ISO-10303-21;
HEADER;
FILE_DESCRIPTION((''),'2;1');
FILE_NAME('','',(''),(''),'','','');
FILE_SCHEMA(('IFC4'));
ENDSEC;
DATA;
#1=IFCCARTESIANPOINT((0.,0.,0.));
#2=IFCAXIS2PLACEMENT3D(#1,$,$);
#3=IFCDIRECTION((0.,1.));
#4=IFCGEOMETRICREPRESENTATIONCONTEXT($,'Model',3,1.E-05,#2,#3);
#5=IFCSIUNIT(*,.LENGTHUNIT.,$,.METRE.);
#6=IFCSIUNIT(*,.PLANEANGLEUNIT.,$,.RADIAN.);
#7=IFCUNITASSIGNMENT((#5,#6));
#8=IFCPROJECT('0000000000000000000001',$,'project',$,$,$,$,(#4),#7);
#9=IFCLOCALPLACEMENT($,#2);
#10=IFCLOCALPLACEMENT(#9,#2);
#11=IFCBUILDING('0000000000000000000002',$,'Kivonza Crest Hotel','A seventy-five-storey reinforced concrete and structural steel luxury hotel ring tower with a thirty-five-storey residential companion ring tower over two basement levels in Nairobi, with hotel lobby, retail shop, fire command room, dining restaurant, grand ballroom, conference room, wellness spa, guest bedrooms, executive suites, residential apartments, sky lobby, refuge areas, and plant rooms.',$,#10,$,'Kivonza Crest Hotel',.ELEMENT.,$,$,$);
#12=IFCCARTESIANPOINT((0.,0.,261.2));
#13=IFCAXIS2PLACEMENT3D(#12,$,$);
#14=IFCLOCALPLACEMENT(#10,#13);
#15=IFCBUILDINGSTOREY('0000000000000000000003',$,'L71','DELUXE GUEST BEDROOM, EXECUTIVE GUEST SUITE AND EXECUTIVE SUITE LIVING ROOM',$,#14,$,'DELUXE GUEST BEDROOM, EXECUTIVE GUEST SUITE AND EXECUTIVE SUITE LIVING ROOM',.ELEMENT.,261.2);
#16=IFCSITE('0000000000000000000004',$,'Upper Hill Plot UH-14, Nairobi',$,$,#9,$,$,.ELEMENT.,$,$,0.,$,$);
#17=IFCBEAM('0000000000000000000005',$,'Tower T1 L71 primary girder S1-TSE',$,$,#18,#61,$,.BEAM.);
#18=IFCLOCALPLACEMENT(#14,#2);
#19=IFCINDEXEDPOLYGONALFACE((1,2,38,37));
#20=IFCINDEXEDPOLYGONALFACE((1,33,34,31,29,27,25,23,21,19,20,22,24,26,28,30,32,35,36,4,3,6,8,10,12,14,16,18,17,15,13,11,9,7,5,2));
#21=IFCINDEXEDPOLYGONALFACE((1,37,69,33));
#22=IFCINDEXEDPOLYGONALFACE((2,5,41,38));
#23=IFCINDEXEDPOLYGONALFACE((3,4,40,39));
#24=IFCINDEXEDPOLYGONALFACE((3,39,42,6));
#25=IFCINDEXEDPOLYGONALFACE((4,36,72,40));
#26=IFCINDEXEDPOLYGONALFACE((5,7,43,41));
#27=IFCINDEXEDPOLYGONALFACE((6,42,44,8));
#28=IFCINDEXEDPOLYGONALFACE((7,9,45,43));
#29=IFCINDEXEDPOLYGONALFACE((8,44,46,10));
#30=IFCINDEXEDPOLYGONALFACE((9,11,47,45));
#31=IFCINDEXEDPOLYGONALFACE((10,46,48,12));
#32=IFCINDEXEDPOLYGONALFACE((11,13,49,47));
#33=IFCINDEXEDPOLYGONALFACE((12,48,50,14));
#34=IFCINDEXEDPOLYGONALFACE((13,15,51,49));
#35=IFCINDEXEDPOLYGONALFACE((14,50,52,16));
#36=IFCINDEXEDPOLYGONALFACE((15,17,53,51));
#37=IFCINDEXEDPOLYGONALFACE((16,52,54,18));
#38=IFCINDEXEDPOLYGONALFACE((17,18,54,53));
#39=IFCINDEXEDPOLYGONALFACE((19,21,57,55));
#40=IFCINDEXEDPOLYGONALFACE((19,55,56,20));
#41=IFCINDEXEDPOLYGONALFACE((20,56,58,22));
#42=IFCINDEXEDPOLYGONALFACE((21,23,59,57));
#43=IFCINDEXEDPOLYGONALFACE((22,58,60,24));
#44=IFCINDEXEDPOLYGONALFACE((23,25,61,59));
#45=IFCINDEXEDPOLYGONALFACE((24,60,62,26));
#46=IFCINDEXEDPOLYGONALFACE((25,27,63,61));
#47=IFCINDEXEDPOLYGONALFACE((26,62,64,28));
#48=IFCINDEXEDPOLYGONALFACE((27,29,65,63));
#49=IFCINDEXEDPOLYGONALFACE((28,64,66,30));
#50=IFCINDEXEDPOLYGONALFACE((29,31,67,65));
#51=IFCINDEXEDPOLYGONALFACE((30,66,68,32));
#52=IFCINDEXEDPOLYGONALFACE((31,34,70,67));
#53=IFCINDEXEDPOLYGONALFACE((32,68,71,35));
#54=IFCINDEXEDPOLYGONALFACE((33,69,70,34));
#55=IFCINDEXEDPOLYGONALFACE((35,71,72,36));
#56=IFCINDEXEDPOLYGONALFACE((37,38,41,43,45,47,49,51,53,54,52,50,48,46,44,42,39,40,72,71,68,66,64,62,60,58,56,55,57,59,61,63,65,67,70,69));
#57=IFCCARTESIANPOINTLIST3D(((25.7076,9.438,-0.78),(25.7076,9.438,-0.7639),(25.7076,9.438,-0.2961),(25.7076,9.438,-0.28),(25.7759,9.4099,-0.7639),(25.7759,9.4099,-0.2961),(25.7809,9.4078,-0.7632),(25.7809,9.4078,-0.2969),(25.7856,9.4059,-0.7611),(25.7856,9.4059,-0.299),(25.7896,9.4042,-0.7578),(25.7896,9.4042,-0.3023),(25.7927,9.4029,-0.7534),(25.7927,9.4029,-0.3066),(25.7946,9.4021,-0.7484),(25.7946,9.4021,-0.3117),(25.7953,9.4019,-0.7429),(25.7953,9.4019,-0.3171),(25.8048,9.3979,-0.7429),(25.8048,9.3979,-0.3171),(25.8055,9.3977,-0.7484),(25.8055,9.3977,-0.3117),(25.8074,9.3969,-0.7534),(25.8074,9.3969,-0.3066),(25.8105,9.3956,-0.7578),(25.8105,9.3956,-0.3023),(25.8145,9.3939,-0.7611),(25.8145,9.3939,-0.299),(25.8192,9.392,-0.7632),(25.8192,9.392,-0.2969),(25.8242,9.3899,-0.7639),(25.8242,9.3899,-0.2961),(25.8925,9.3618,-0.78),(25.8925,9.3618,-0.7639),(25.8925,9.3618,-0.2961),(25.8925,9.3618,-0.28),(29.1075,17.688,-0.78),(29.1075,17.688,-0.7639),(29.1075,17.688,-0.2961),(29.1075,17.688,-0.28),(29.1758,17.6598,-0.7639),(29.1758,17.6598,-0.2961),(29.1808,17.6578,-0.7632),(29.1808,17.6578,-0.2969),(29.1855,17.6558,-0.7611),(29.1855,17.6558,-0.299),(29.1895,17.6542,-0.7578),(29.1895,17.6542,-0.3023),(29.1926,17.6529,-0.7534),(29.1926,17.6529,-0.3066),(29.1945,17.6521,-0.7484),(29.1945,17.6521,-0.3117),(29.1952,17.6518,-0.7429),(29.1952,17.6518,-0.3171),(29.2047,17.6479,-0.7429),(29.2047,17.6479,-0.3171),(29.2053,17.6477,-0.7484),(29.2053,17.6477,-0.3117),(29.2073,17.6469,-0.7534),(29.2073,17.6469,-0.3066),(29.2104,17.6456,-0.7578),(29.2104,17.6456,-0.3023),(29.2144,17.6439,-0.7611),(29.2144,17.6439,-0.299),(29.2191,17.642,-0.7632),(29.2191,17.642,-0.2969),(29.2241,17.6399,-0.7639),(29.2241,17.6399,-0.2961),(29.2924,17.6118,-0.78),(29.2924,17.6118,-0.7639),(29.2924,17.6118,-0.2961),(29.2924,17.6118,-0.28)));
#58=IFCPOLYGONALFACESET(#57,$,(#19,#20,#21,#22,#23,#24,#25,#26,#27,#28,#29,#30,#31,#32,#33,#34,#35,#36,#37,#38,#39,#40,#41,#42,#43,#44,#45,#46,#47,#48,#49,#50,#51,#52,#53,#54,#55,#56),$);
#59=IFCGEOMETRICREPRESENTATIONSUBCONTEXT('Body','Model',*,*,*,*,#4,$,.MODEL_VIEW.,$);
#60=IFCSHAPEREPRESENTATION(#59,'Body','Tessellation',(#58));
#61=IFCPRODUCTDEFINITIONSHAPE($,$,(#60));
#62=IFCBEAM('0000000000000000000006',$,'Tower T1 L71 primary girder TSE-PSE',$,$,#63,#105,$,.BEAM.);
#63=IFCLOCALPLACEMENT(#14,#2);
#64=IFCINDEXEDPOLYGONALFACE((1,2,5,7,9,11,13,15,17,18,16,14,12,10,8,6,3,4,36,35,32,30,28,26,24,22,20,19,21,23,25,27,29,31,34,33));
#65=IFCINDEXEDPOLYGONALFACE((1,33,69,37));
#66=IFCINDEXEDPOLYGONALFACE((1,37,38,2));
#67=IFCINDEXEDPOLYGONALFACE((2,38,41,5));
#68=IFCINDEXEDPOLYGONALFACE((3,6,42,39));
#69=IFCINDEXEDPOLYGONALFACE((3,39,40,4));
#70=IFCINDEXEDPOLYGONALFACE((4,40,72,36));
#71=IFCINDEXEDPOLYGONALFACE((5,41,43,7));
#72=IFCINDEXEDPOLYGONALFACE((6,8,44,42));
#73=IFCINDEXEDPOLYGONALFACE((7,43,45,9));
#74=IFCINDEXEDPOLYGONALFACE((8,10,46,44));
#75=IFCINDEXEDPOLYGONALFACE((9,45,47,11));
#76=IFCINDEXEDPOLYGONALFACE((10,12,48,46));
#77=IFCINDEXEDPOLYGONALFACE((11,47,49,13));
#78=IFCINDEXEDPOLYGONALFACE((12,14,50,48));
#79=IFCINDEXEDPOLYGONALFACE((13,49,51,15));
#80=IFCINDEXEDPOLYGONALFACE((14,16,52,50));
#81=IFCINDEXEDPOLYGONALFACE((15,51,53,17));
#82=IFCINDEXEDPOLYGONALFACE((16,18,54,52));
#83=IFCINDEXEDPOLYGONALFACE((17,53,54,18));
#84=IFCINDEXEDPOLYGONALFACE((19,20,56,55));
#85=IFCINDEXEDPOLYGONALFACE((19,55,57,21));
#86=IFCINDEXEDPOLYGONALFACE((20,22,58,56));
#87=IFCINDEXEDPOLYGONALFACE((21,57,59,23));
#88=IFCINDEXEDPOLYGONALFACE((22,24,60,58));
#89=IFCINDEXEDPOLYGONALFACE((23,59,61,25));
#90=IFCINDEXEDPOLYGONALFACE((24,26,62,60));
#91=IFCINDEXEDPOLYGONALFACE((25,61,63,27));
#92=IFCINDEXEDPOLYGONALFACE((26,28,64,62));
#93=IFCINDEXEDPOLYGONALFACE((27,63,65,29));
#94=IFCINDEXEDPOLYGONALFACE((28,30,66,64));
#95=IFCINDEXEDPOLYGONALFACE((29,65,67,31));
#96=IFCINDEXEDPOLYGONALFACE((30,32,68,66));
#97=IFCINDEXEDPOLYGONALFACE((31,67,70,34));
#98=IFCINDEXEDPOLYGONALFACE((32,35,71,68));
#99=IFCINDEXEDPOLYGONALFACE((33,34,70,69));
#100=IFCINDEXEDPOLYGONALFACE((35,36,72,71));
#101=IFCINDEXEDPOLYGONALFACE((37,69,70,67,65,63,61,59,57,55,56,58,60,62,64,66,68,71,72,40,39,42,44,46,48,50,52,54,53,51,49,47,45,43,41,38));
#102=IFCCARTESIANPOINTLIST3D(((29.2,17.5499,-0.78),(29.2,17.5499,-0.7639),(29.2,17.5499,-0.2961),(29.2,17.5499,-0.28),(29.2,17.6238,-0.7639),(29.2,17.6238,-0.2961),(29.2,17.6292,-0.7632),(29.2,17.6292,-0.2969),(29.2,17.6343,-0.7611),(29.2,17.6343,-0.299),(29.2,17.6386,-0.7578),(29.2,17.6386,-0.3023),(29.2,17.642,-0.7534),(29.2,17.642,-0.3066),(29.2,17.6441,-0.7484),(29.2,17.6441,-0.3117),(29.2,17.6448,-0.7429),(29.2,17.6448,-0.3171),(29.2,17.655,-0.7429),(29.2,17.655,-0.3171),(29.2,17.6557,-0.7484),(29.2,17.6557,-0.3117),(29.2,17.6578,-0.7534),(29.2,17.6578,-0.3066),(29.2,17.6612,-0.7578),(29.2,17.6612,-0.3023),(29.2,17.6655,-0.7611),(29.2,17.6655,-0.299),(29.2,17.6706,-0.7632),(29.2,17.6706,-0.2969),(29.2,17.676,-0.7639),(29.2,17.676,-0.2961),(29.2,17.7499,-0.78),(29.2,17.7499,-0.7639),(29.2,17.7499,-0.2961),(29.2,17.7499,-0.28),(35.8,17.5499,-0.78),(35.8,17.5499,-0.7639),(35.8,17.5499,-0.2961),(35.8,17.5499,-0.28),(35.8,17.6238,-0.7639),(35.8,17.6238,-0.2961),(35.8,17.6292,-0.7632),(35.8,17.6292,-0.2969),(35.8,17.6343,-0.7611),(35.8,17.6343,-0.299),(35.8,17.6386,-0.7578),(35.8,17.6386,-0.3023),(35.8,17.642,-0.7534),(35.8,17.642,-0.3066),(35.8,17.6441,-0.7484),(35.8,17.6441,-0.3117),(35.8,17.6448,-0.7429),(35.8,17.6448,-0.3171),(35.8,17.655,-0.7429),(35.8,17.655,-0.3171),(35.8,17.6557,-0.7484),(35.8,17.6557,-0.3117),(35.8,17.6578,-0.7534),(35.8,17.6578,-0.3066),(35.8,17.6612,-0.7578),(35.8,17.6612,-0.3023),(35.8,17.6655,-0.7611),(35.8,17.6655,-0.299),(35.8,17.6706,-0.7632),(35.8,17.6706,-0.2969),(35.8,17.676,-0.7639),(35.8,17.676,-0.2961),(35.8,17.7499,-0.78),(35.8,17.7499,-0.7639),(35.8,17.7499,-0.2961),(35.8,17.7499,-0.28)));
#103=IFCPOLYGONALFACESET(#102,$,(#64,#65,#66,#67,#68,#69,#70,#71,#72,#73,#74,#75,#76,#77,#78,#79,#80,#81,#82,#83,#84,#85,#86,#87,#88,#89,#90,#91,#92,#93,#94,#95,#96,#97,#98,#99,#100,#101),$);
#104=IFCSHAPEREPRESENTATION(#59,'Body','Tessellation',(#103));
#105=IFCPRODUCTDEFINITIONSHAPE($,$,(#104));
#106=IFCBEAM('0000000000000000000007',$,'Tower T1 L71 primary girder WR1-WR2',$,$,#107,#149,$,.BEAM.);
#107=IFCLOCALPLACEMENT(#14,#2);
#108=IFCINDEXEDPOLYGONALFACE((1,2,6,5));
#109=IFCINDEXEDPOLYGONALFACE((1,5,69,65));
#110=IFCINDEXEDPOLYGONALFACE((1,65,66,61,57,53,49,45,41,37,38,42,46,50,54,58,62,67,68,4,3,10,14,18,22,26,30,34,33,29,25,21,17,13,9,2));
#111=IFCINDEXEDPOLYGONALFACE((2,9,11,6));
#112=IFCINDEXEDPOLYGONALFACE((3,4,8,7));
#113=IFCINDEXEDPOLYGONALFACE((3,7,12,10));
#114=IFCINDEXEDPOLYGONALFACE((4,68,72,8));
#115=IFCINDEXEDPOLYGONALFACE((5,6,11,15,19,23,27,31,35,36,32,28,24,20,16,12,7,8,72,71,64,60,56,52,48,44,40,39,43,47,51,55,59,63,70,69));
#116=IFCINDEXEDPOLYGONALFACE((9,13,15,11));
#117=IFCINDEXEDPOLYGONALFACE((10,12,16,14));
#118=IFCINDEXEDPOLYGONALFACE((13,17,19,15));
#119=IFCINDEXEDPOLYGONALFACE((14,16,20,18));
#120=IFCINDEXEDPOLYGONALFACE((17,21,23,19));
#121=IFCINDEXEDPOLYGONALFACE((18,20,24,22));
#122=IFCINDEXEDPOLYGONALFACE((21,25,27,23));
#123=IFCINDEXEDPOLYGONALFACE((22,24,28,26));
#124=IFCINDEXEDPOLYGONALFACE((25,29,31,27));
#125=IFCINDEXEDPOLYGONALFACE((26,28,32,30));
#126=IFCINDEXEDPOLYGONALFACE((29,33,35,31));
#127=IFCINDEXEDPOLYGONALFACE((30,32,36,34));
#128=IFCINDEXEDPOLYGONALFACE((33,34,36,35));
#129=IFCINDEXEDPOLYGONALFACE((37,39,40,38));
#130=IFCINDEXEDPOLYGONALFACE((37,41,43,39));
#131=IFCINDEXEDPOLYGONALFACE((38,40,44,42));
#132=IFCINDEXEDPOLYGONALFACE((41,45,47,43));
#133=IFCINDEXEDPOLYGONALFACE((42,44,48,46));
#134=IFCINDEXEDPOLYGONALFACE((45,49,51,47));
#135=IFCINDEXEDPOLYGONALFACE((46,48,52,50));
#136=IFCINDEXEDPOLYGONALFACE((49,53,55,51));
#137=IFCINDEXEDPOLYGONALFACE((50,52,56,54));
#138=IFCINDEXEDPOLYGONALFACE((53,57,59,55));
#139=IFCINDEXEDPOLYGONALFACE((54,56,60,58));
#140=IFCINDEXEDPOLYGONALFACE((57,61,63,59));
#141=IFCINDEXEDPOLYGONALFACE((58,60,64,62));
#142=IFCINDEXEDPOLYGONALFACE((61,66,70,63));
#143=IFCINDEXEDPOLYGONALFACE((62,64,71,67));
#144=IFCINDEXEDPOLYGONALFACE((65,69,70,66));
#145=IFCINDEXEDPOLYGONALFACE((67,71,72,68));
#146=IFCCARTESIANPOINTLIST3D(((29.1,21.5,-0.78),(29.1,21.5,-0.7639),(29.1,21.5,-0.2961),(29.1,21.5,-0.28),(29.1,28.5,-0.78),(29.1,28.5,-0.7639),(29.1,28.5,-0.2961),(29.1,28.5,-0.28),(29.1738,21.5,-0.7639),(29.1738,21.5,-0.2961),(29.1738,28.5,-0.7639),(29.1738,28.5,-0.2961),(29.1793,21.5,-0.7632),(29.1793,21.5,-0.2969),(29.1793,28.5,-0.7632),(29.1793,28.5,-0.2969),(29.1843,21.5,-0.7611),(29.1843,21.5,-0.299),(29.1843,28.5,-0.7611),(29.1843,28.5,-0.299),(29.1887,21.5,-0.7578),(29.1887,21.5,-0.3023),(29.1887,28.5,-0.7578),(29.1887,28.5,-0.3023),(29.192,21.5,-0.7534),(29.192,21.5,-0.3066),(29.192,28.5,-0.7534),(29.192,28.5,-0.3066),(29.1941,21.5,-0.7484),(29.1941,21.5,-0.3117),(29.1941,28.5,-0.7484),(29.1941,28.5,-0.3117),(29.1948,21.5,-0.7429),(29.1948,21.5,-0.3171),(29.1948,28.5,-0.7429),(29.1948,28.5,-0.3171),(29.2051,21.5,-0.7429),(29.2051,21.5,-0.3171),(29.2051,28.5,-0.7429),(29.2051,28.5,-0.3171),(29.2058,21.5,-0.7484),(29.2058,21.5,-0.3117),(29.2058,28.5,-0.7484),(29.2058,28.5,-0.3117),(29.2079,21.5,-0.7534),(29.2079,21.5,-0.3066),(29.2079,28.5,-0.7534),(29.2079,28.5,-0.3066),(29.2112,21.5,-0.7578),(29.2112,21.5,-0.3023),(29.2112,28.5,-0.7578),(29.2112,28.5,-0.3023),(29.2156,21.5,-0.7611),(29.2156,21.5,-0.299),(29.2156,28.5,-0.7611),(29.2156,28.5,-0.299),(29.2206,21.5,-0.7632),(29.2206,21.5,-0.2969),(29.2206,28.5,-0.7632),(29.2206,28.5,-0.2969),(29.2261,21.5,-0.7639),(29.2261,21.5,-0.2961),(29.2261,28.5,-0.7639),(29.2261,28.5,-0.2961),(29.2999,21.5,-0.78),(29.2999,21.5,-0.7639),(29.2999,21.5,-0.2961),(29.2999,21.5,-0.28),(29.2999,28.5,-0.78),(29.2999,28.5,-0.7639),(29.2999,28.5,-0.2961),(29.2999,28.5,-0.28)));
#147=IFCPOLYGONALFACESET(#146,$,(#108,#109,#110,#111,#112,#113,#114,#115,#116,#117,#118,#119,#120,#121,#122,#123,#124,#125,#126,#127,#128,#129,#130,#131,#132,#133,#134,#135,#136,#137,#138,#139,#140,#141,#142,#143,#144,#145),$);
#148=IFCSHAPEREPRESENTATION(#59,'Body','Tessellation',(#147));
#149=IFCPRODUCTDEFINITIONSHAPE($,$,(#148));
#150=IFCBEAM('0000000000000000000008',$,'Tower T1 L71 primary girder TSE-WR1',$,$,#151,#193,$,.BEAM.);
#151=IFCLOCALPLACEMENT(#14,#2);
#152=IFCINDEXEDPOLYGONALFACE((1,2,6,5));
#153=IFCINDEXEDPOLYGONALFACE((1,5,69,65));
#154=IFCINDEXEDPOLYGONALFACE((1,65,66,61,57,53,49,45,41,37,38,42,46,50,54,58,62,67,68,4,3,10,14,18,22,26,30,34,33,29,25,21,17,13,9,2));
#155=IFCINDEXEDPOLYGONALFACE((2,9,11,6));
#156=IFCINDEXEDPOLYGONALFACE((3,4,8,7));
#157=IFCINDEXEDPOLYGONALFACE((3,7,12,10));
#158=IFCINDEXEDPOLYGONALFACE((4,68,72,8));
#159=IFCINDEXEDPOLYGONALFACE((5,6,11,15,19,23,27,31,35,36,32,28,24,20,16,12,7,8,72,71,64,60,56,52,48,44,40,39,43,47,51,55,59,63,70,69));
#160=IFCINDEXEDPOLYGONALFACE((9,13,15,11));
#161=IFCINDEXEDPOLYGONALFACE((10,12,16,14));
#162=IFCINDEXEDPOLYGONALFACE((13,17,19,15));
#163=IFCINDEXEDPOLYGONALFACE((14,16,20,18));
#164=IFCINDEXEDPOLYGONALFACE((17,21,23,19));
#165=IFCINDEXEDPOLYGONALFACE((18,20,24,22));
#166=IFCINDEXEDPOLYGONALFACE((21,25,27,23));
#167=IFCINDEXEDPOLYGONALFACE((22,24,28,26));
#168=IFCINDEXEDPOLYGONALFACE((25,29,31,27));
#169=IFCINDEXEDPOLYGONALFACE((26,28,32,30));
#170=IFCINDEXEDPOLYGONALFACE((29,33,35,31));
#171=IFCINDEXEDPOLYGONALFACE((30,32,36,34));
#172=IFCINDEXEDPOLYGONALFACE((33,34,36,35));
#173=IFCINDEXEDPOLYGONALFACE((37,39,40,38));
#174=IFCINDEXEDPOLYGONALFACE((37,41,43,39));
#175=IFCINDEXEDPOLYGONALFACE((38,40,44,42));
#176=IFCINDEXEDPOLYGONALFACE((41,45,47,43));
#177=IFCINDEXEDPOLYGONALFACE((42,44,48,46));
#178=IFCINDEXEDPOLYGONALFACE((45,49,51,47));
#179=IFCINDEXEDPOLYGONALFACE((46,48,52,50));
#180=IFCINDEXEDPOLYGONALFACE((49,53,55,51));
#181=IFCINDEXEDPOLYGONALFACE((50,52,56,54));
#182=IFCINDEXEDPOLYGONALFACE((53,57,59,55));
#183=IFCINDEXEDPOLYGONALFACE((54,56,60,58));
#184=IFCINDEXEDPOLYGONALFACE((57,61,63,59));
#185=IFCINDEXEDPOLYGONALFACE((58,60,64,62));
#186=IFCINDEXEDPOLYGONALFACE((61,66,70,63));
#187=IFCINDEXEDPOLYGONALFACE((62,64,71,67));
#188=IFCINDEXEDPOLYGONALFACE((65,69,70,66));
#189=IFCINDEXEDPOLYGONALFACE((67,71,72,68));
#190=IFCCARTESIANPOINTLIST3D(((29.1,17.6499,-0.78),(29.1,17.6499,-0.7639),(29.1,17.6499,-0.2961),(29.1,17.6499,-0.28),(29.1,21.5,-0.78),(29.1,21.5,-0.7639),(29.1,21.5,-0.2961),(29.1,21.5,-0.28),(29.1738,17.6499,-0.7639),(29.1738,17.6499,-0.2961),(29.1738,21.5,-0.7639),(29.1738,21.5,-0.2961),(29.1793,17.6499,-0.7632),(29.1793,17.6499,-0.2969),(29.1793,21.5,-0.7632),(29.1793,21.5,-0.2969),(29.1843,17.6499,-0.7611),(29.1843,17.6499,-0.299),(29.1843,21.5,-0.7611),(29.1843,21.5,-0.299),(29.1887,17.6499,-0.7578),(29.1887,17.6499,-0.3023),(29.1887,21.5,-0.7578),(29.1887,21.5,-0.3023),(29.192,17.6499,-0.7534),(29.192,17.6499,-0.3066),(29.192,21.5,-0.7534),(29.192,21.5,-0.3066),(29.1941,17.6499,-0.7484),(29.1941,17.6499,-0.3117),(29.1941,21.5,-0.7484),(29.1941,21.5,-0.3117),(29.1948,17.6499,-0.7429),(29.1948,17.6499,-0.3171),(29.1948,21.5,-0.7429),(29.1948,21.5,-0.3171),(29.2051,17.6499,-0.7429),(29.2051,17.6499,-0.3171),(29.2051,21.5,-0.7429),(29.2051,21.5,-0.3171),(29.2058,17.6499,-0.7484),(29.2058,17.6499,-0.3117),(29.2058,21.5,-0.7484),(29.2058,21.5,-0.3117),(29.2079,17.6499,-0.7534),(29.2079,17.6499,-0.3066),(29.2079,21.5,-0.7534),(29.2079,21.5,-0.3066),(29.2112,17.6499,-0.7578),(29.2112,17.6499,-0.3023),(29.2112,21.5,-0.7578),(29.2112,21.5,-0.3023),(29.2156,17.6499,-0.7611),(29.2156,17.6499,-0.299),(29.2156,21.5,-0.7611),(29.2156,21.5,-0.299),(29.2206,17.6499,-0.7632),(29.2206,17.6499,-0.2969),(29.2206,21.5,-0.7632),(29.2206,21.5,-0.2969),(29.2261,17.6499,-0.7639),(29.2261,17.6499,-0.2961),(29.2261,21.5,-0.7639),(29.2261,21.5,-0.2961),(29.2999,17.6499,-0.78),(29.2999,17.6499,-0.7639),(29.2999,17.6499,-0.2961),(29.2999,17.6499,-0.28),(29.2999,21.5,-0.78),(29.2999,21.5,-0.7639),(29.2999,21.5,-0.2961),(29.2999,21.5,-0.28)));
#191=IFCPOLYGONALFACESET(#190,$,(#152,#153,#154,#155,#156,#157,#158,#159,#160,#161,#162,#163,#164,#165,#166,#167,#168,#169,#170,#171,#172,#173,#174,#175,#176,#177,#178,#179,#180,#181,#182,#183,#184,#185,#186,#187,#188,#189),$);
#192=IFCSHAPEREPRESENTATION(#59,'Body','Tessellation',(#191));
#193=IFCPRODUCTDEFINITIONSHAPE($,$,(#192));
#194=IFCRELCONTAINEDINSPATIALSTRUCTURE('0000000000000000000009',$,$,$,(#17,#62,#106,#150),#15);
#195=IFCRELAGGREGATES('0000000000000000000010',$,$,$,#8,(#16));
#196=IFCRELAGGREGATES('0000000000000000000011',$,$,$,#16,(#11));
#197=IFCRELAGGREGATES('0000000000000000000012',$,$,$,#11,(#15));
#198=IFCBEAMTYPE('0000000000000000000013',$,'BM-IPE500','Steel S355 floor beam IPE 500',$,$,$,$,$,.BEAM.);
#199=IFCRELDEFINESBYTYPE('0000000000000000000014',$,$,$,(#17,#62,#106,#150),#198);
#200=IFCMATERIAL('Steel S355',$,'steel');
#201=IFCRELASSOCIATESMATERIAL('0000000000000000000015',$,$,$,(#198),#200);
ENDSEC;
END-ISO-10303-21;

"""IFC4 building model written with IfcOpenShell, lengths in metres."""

from ifc_helpers import new_model, si_unit, direction, frame, origin, origin_2d, place, context, subcontext, project, spatial, i_section, extrude, material, material_profile, profile_set, type_object, element, save


model = new_model("IFC4")

# Units and contexts
model_context = context("Model", 3, precision=1e-05, world=origin(), true_north=direction((0.0, 1.0)))
body_context = subcontext(model_context, "Body", "Model", "MODEL_VIEW")
ifc_project = project(units=[si_unit("LENGTHUNIT", "METRE"), si_unit("PLANEANGLEUNIT", "RADIAN")], contexts=[model_context])

# Site, building, storey
site_placement = place(None, origin())
site = spatial("IfcSite", under=ifc_project, at=site_placement, Name="Upper Hill Plot UH-14, Nairobi", CompositionType="ELEMENT", RefElevation=0.0)
building_placement = place(site_placement, origin())
building = spatial("IfcBuilding", under=site, at=building_placement, Name="Kivonza Crest Hotel", Description="A seventy-five-storey reinforced concrete and structural steel luxury hotel ring tower with a thirty-five-storey residential companion ring tower over two basement levels in Nairobi, with hotel lobby, retail shop, fire command room, dining restaurant, grand ballroom, conference room, wellness spa, guest bedrooms, executive suites, residential apartments, sky lobby, refuge areas, and plant rooms.", LongName="Kivonza Crest Hotel", CompositionType="ELEMENT")
storey_placement = place(building_placement, frame((0.0, 0.0, 261.2)))
storey = spatial("IfcBuildingStorey", under=building, at=storey_placement, Name="L71", Description="DELUXE GUEST BEDROOM, EXECUTIVE GUEST SUITE AND EXECUTIVE SUITE LIVING ROOM", LongName="DELUXE GUEST BEDROOM, EXECUTIVE GUEST SUITE AND EXECUTIVE SUITE LIVING ROOM", CompositionType="ELEMENT", Elevation=261.2)

# Beams
ifc_material_1 = material(Name="Steel S355", Category="steel")
ifc_material_profile_1 = material_profile(ifc_material_1, i_section(OverallWidth=0.2, OverallDepth=0.5, WebThickness=0.0103, FlangeThickness=0.0161, FilletRadius=0.021, at=origin_2d()), Name="IPE 500")
ifc_profile_set_1 = profile_set([ifc_material_profile_1], Name="Steel S355")
beam_type_1 = type_object("IfcBeamType", Name="BM-IPE500", Description="Steel S355 floor beam IPE 500", PredefinedType="BEAM", material=ifc_profile_set_1)
beam_1_placement = place(storey_placement, frame((25.8, 9.3999, -0.53), z_axis=(0.381022, 0.924566, 0.0), x_axis=(-0.924566, 0.381022, 0.0)))
element("IfcBeam", 1, at=beam_1_placement, inside=storey, type_object=beam_type_1, Name="Tower T1 L71 primary girder S1-TSE", PredefinedType="BEAM", context=body_context, shape_type="SweptSolid", body=[
    extrude(i_section(OverallWidth=0.2, OverallDepth=0.5, WebThickness=0.0103, FlangeThickness=0.0161, FilletRadius=0.021, at=origin_2d()), origin(), (0.0, 0.0, 1.0), 8.9231),
])
beam_2_placement = place(storey_placement, frame((29.2, 17.6499, -0.53), z_axis=(1.0, 0.0, 0.0), x_axis=(0.0, 1.0, 0.0)))
element("IfcBeam", 2, at=beam_2_placement, inside=storey, type_object=beam_type_1, Name="Tower T1 L71 primary girder TSE-PSE", PredefinedType="BEAM", context=body_context, shape_type="SweptSolid", body=[
    extrude(i_section(OverallWidth=0.2, OverallDepth=0.5, WebThickness=0.0103, FlangeThickness=0.0161, FilletRadius=0.021, at=origin_2d()), origin(), (0.0, 0.0, 1.0), 6.6001),
])
beam_3_placement = place(storey_placement, frame((29.2, 21.5, -0.53), z_axis=(0.0, 1.0, 0.0), x_axis=(-1.0, 0.0, 0.0)))
element("IfcBeam", 3, at=beam_3_placement, inside=storey, type_object=beam_type_1, Name="Tower T1 L71 primary girder WR1-WR2", PredefinedType="BEAM", context=body_context, shape_type="SweptSolid", body=[
    extrude(i_section(OverallWidth=0.2, OverallDepth=0.5, WebThickness=0.0103, FlangeThickness=0.0161, FilletRadius=0.021, at=origin_2d()), origin(), (0.0, 0.0, 1.0), 7.0),
])
beam_4_placement = place(storey_placement, frame((29.2, 17.6499, -0.53), z_axis=(0.0, 1.0, 0.0), x_axis=(-1.0, 0.0, 0.0)))
element("IfcBeam", 4, at=beam_4_placement, inside=storey, type_object=beam_type_1, Name="Tower T1 L71 primary girder TSE-WR1", PredefinedType="BEAM", context=body_context, shape_type="SweptSolid", body=[
    extrude(i_section(OverallWidth=0.2, OverallDepth=0.5, WebThickness=0.0103, FlangeThickness=0.0161, FilletRadius=0.021, at=origin_2d()), origin(), (0.0, 0.0, 1.0), 3.8501),
])

save(model, "model.ifc")
